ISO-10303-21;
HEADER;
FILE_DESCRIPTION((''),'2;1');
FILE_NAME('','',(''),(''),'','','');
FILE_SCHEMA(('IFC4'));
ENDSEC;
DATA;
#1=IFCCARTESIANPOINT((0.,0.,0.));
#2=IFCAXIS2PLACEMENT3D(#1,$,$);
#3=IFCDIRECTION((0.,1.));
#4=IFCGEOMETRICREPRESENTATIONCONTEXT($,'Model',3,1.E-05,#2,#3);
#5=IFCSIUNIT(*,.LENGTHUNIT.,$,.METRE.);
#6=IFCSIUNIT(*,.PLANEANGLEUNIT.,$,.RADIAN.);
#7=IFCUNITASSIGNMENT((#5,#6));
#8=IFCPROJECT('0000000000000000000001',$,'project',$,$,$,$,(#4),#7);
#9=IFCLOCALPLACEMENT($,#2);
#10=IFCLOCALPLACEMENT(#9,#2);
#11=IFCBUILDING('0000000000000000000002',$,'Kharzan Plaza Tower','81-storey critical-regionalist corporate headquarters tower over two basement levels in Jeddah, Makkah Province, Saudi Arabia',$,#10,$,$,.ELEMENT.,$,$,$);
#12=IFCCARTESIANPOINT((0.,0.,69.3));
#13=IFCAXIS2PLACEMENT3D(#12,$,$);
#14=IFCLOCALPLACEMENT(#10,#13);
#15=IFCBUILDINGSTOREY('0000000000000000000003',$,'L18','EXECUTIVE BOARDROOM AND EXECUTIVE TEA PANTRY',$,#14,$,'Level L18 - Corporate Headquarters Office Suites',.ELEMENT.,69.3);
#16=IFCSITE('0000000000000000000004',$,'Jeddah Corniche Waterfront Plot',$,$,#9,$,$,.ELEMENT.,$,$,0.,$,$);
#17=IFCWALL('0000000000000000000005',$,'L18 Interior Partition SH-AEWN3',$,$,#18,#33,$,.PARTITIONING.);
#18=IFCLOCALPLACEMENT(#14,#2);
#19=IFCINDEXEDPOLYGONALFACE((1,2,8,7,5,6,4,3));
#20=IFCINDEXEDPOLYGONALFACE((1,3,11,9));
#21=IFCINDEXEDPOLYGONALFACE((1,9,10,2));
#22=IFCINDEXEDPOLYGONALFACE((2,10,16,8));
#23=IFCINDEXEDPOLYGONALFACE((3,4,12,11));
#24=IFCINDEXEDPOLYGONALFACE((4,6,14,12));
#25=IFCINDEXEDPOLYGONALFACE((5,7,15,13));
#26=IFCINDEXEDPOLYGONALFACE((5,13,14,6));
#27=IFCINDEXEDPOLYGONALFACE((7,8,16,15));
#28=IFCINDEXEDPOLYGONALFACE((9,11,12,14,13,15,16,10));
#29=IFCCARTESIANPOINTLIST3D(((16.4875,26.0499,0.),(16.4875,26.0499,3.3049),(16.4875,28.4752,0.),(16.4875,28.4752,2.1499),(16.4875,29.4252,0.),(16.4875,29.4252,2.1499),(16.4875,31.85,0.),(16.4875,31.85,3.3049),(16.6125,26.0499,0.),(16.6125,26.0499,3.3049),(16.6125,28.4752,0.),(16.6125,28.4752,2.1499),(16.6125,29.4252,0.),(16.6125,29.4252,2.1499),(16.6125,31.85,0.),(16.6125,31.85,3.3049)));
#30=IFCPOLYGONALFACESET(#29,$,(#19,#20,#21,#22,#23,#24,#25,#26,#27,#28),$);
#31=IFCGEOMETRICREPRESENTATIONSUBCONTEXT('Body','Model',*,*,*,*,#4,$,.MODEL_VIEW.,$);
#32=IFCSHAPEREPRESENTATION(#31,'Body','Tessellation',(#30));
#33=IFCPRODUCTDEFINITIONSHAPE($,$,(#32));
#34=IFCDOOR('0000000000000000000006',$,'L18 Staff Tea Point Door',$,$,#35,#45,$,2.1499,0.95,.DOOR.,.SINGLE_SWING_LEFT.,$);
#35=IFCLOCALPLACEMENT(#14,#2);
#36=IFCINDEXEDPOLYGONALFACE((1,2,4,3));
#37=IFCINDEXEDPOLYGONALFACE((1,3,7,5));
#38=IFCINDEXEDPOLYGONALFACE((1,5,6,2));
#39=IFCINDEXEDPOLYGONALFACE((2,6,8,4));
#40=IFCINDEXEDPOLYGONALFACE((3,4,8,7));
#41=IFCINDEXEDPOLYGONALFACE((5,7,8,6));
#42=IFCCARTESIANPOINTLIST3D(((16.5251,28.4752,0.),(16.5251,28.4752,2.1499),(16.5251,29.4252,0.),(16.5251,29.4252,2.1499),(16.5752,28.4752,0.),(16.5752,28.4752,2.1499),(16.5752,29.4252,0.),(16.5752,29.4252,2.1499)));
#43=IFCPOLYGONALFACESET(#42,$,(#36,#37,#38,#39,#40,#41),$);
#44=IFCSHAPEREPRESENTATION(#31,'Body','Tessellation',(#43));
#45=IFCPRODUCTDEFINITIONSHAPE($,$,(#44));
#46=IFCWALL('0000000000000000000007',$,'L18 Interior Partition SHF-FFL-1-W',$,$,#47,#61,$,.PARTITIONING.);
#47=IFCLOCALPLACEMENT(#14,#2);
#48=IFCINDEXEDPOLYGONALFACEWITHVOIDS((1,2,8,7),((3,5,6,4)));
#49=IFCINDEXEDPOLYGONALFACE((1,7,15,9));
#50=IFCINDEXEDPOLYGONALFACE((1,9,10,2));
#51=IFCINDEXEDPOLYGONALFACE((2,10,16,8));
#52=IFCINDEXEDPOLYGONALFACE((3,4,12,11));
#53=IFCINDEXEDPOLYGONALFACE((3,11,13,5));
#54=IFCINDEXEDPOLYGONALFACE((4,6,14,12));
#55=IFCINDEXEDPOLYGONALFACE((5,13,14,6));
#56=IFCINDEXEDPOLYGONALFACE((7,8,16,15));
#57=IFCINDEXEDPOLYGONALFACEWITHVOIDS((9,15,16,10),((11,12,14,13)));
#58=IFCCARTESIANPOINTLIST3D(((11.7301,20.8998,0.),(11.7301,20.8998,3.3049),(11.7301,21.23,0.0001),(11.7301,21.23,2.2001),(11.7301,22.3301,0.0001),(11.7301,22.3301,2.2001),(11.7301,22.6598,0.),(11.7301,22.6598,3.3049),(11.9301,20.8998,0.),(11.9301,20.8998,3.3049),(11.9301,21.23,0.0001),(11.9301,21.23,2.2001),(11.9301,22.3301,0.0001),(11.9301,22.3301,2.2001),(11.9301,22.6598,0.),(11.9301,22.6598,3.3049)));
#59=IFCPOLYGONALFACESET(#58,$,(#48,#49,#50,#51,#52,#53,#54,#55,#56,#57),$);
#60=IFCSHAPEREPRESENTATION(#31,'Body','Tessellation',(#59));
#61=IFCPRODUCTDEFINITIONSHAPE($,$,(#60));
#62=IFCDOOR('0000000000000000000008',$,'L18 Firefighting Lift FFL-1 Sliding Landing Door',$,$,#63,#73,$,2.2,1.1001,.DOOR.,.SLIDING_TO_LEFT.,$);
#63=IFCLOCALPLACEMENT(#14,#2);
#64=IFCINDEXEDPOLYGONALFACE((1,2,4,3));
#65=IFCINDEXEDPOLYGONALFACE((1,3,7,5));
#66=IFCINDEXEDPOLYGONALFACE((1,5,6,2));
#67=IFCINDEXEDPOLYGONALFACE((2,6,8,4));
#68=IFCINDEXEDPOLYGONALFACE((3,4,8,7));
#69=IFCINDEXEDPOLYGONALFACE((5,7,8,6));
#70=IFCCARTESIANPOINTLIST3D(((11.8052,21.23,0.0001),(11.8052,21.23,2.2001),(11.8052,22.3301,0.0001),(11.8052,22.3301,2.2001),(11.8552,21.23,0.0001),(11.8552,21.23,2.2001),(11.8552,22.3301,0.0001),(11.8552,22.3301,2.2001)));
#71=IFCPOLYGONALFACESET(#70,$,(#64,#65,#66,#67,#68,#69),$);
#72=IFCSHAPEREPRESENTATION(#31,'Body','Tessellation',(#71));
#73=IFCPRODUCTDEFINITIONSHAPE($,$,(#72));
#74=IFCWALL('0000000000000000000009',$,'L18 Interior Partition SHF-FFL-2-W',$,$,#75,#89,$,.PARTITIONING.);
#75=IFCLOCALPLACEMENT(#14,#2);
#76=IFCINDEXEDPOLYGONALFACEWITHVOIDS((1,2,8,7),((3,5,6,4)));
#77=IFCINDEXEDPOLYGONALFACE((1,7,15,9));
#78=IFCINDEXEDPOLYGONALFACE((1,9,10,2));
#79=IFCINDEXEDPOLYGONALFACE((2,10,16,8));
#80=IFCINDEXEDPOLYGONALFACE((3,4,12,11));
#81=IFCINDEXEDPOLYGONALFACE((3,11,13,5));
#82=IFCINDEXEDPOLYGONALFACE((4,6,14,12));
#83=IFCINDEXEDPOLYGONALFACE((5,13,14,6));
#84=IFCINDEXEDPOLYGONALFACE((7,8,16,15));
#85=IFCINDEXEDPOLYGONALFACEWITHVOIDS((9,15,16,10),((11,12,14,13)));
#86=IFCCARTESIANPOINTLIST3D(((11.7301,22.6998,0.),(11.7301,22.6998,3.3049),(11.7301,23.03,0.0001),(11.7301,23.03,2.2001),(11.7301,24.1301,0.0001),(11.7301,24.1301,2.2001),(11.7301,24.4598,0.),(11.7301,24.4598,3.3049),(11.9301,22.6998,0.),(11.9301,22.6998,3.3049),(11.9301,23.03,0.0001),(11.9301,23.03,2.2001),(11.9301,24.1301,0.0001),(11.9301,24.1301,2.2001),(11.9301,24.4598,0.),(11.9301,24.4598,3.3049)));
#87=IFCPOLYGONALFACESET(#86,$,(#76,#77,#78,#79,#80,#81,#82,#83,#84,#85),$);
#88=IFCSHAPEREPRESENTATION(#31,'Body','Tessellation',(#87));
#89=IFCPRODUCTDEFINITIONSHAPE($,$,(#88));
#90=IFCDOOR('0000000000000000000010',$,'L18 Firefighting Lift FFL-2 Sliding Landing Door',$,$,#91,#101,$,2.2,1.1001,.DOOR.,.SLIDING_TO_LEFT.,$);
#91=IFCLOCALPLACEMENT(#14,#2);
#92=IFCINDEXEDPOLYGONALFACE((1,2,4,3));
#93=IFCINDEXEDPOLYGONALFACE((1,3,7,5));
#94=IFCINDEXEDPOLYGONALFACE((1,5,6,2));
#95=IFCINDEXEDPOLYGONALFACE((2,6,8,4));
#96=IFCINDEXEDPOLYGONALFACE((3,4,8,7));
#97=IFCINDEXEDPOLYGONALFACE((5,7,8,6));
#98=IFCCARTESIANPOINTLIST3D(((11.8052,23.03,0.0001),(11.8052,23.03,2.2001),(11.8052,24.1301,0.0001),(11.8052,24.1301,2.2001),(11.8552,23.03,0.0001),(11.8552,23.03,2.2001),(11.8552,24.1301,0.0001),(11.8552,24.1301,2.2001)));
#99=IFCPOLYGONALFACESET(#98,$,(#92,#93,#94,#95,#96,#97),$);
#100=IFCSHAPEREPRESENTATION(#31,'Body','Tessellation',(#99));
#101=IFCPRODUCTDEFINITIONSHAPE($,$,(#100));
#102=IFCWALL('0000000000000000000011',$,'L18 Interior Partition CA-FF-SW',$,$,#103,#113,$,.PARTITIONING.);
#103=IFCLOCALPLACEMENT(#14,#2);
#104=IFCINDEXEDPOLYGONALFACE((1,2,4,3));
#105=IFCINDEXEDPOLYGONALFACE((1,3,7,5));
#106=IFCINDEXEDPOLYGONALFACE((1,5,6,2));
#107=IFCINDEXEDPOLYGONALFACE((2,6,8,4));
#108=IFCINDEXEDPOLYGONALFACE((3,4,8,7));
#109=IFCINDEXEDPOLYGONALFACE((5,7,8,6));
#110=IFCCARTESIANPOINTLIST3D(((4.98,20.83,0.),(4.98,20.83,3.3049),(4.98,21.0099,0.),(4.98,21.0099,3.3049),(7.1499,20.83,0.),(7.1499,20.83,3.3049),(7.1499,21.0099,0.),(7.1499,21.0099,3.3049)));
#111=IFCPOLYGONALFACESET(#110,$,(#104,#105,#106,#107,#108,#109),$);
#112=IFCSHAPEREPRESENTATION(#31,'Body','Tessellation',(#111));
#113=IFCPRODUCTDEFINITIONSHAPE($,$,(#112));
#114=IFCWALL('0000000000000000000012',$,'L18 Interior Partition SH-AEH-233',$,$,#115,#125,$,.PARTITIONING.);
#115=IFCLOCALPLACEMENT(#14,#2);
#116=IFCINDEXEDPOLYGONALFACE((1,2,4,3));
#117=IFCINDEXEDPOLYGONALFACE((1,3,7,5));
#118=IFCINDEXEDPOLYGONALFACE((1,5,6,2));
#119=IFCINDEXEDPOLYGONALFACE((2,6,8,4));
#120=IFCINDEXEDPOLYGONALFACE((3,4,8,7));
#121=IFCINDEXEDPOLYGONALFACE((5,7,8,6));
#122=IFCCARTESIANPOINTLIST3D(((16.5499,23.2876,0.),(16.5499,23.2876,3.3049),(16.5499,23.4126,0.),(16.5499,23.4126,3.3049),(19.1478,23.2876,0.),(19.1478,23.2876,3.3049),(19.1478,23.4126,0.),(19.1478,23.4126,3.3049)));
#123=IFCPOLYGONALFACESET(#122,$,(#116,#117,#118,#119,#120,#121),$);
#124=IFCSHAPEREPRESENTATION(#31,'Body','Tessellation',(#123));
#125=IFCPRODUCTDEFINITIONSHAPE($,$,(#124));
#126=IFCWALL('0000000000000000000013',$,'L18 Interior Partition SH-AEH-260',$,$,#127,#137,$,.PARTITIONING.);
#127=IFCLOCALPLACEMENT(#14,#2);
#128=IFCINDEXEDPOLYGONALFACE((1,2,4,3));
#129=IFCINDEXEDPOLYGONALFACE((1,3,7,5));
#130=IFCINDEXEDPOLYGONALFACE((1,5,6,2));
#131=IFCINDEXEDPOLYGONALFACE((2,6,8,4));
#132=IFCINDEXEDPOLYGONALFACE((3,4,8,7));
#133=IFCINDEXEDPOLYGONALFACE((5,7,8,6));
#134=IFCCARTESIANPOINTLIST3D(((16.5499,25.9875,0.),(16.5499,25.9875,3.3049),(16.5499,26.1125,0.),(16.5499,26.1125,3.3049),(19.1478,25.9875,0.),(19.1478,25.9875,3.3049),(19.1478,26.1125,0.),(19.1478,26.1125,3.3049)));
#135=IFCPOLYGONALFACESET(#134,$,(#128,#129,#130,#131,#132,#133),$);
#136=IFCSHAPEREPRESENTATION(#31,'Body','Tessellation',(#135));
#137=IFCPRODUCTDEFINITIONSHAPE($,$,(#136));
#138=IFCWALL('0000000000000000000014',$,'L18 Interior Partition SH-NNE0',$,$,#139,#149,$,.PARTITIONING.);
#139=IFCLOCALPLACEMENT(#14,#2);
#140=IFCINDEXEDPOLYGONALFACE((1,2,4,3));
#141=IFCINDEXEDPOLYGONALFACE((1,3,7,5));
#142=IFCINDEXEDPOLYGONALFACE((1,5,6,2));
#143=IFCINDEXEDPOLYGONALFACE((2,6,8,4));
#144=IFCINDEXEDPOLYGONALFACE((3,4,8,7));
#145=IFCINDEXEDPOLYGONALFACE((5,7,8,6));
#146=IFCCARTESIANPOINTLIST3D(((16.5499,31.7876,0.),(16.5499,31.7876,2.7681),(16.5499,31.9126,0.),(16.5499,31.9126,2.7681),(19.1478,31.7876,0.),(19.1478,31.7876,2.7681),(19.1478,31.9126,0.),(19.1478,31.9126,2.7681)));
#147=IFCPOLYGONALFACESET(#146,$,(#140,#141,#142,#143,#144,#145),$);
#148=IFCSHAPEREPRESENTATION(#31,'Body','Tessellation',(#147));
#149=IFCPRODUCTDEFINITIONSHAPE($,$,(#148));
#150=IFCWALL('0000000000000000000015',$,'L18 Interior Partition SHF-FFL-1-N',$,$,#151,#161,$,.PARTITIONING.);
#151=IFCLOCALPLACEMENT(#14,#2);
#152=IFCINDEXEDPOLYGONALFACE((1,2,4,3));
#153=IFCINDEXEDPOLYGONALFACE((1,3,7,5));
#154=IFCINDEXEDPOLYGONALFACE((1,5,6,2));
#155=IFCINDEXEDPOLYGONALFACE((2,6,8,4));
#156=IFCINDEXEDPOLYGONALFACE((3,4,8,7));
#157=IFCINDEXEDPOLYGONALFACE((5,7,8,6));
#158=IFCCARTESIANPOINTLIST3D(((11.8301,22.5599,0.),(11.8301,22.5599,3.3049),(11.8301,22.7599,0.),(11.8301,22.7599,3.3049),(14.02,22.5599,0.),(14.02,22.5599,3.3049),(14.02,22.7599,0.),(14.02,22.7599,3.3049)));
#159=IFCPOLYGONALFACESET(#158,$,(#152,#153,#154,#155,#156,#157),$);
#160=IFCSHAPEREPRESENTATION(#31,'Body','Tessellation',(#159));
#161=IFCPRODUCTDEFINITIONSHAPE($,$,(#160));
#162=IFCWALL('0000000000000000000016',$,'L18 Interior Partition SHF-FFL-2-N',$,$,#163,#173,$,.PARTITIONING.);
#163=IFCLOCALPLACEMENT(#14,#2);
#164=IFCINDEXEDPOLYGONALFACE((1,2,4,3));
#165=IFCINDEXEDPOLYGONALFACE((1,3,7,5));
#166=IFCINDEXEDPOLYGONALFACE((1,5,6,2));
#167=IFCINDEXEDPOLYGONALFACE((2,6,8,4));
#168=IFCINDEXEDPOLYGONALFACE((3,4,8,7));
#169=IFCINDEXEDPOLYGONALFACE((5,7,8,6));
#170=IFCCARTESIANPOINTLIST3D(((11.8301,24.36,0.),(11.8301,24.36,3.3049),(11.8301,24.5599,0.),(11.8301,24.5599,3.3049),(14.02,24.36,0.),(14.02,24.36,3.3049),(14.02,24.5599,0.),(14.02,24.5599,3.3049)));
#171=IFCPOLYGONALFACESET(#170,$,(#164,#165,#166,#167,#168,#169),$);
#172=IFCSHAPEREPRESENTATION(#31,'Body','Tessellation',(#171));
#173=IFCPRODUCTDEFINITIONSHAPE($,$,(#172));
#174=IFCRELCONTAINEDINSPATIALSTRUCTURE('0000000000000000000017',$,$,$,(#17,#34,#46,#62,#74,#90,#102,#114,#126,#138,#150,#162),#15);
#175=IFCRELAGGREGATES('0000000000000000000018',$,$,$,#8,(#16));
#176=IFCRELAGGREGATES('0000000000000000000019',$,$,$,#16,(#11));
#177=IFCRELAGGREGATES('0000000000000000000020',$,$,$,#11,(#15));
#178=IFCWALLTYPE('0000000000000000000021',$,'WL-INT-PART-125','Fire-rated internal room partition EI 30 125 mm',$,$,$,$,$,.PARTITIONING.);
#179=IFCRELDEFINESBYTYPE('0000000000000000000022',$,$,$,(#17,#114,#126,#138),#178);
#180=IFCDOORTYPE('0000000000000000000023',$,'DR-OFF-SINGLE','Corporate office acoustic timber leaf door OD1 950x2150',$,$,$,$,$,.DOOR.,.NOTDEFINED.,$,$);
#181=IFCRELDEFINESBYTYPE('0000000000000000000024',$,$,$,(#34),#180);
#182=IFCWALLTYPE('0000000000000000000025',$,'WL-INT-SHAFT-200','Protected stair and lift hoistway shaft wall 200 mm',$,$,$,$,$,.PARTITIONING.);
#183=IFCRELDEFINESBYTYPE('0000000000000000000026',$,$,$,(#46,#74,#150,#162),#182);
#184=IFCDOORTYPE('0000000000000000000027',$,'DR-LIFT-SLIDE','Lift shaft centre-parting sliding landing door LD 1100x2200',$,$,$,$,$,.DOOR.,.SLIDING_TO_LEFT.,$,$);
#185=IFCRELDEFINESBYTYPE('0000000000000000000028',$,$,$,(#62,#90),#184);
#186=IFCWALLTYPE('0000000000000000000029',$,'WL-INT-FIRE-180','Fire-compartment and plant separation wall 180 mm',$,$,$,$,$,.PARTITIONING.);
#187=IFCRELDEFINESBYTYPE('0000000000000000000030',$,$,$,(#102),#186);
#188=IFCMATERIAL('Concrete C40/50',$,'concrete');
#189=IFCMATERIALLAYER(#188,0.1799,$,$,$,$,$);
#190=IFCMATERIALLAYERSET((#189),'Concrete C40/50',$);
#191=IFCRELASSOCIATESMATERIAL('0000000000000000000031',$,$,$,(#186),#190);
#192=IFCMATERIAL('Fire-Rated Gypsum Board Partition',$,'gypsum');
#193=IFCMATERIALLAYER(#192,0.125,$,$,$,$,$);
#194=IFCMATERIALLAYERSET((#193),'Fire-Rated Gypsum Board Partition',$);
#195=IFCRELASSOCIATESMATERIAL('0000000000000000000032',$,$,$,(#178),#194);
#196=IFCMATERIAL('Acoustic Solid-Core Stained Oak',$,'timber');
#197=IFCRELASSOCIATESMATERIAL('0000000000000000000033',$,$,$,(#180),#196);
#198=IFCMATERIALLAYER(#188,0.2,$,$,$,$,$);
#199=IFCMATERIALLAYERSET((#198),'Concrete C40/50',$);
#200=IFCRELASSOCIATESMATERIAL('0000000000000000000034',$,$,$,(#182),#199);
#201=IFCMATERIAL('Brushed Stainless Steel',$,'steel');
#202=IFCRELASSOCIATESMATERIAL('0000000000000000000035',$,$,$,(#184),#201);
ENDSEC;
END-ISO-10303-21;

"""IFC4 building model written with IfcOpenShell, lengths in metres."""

from ifc_helpers import new_model, si_unit, direction, frame, frame_2d, origin, place, context, subcontext, project, spatial, rectangle, extrude, source, transform, mapped, material, layer, layer_set, type_object, element, fill, save


model = new_model("IFC4")

# Units and contexts
model_context = context("Model", 3, precision=1e-05, world=origin(), true_north=direction((0.0, 1.0)))
body_context = subcontext(model_context, "Body", "Model", "MODEL_VIEW")
ifc_project = project(units=[si_unit("LENGTHUNIT", "METRE"), si_unit("PLANEANGLEUNIT", "RADIAN")], contexts=[model_context])

# Site, building, storey
site_placement = place(None, origin())
site = spatial("IfcSite", under=ifc_project, at=site_placement, Name="Jeddah Corniche Waterfront Plot", CompositionType="ELEMENT", RefElevation=0.0)
building_placement = place(site_placement, origin())
building = spatial("IfcBuilding", under=site, at=building_placement, Name="Kharzan Plaza Tower", Description="81-storey critical-regionalist corporate headquarters tower over two basement levels in Jeddah, Makkah Province, Saudi Arabia", CompositionType="ELEMENT")
storey_placement = place(building_placement, frame((0.0, 0.0, 69.3)))
storey = spatial("IfcBuildingStorey", under=building, at=storey_placement, Name="L18", Description="EXECUTIVE BOARDROOM AND EXECUTIVE TEA PANTRY", LongName="Level L18 - Corporate Headquarters Office Suites", CompositionType="ELEMENT", Elevation=69.3)

# Walls, openings, doors
ifc_material_1 = material(Name="Concrete C40/50", Category="concrete")
ifc_layer_1 = layer(ifc_material_1, 0.1799)
ifc_layer_set_1 = layer_set([ifc_layer_1], Name="Concrete C40/50")
wall_type_1 = type_object("IfcWallType", Name="WL-INT-FIRE-180", Description="Fire-compartment and plant separation wall 180 mm", PredefinedType="PARTITIONING", material=ifc_layer_set_1)
ifc_material_2 = material(Name="Fire-Rated Gypsum Board Partition", Category="gypsum")
ifc_layer_2 = layer(ifc_material_2, 0.125)
ifc_layer_set_2 = layer_set([ifc_layer_2], Name="Fire-Rated Gypsum Board Partition")
wall_type_2 = type_object("IfcWallType", Name="WL-INT-PART-125", Description="Fire-rated internal room partition EI 30 125 mm", PredefinedType="PARTITIONING", material=ifc_layer_set_2)
wall_1_placement = place(storey_placement, frame((16.55, 26.05, 0.0), z_axis=(0.0, 0.0, 1.0), x_axis=(0.0, 1.0, 0.0)))
wall_1 = element("IfcWall", 1, at=wall_1_placement, inside=storey, type_object=wall_type_2, Name="L18 Interior Partition SH-AEWN3", PredefinedType="PARTITIONING", context=body_context, shape_type="SweptSolid", body=[
    extrude(rectangle(XDim=5.8, YDim=0.125, at=frame_2d((2.8999, 0.0))), origin(), (0.0, 0.0, 1.0), 3.3049),
])
opening_1_placement = place(wall_1_placement, frame((2.425, 0.0, 0.0)))
opening_1 = element("IfcOpeningElement", 2, at=opening_1_placement, cuts=wall_1, PredefinedType="OPENING", context=body_context, shape_type="SweptSolid", body=[
    extrude(rectangle(XDim=0.95, YDim=2.1499, at=frame_2d((0.4751, 1.075))), frame((0.0, 0.0725, 0.0), z_axis=(0.0, -1.0, 0.0), x_axis=(1.0, 0.0, 0.0)), (0.0, 0.0, 1.0), 0.145),
])
ifc_material_3 = material(Name="Acoustic Solid-Core Stained Oak", Category="timber")
door_type_1 = type_object("IfcDoorType", Name="DR-OFF-SINGLE", Description="Corporate office acoustic timber leaf door OD1 950x2150", OperationType="NOTDEFINED", PredefinedType="DOOR", material=ifc_material_3)
shared_shape_1 = source(origin(), body_context, "Body", "SweptSolid", [
    extrude(rectangle(XDim=0.95, YDim=2.1499, at=frame_2d((0.4751, 1.075))), frame((0.0, 0.0249, 0.0), z_axis=(0.0, -1.0, 0.0), x_axis=(1.0, 0.0, 0.0)), (0.0, 0.0, 1.0), 0.05),
])
door_1_placement = place(opening_1_placement, origin())
door_1 = element("IfcDoor", 3, at=door_1_placement, inside=storey, type_object=door_type_1, Name="L18 Staff Tea Point Door", OperationType="SINGLE_SWING_LEFT", OverallHeight=2.1499, OverallWidth=0.95, PredefinedType="DOOR", context=body_context, shape_type="MappedRepresentation", body=[
    mapped(shared_shape_1, transform((0.0, 0.0, 0.0), x_axis=(1.0, 0.0, 0.0), y_axis=(0.0, 1.0, 0.0), z_axis=(0.0, 0.0, 1.0))),
])
fill(opening_1, door_1)
ifc_layer_3 = layer(ifc_material_1, 0.2)
ifc_layer_set_3 = layer_set([ifc_layer_3], Name="Concrete C40/50")
wall_type_3 = type_object("IfcWallType", Name="WL-INT-SHAFT-200", Description="Protected stair and lift hoistway shaft wall 200 mm", PredefinedType="PARTITIONING", material=ifc_layer_set_3)
wall_2_placement = place(storey_placement, frame((11.8301, 20.8999, 0.0), z_axis=(0.0, 0.0, 1.0), x_axis=(0.0, 1.0, 0.0)))
wall_2 = element("IfcWall", 4, at=wall_2_placement, inside=storey, type_object=wall_type_3, Name="L18 Interior Partition SHF-FFL-1-W", PredefinedType="PARTITIONING", context=body_context, shape_type="SweptSolid", body=[
    extrude(rectangle(XDim=1.76, YDim=0.2, at=frame_2d((0.8799, 0.0))), origin(), (0.0, 0.0, 1.0), 3.3049),
])
opening_2_placement = place(wall_2_placement, frame((0.3301, 0.0, 0.0)))
opening_2 = element("IfcOpeningElement", 5, at=opening_2_placement, cuts=wall_2, PredefinedType="OPENING", context=body_context, shape_type="SweptSolid", body=[
    extrude(rectangle(XDim=1.1001, YDim=2.2, at=frame_2d((0.55, 1.1001))), frame((0.0, 0.1099, 0.0), z_axis=(0.0, -1.0, 0.0), x_axis=(1.0, 0.0, 0.0)), (0.0, 0.0, 1.0), 0.22),
])
ifc_material_4 = material(Name="Brushed Stainless Steel", Category="steel")
door_type_2 = type_object("IfcDoorType", Name="DR-LIFT-SLIDE", Description="Lift shaft centre-parting sliding landing door LD 1100x2200", OperationType="SLIDING_TO_LEFT", PredefinedType="DOOR", material=ifc_material_4)
shared_shape_2 = source(origin(), body_context, "Body", "SweptSolid", [
    extrude(rectangle(XDim=1.1001, YDim=2.2, at=frame_2d((0.55, 1.1001))), frame((0.0, 0.0249, 0.0), z_axis=(0.0, -1.0, 0.0), x_axis=(1.0, 0.0, 0.0)), (0.0, 0.0, 1.0), 0.05),
])
door_2_placement = place(opening_2_placement, origin())
door_2 = element("IfcDoor", 6, at=door_2_placement, inside=storey, type_object=door_type_2, Name="L18 Firefighting Lift FFL-1 Sliding Landing Door", OperationType="SLIDING_TO_LEFT", OverallHeight=2.2, OverallWidth=1.1001, PredefinedType="DOOR", context=body_context, shape_type="MappedRepresentation", body=[
    mapped(shared_shape_2, transform((0.0, 0.0, 0.0), x_axis=(1.0, 0.0, 0.0), y_axis=(0.0, 1.0, 0.0), z_axis=(0.0, 0.0, 1.0))),
])
fill(opening_2, door_2)
wall_3_placement = place(storey_placement, frame((11.8301, 22.7, 0.0), z_axis=(0.0, 0.0, 1.0), x_axis=(0.0, 1.0, 0.0)))
wall_3 = element("IfcWall", 7, at=wall_3_placement, inside=storey, type_object=wall_type_3, Name="L18 Interior Partition SHF-FFL-2-W", PredefinedType="PARTITIONING", context=body_context, shape_type="SweptSolid", body=[
    extrude(rectangle(XDim=1.76, YDim=0.2, at=frame_2d((0.8799, 0.0))), origin(), (0.0, 0.0, 1.0), 3.3049),
])
opening_3_placement = place(wall_3_placement, frame((0.3301, 0.0, 0.0)))
opening_3 = element("IfcOpeningElement", 8, at=opening_3_placement, cuts=wall_3, PredefinedType="OPENING", context=body_context, shape_type="SweptSolid", body=[
    extrude(rectangle(XDim=1.1001, YDim=2.2, at=frame_2d((0.55, 1.1001))), frame((0.0, 0.1099, 0.0), z_axis=(0.0, -1.0, 0.0), x_axis=(1.0, 0.0, 0.0)), (0.0, 0.0, 1.0), 0.22),
])
door_3_placement = place(opening_3_placement, origin())
door_3 = element("IfcDoor", 9, at=door_3_placement, inside=storey, type_object=door_type_2, Name="L18 Firefighting Lift FFL-2 Sliding Landing Door", OperationType="SLIDING_TO_LEFT", OverallHeight=2.2, OverallWidth=1.1001, PredefinedType="DOOR", context=body_context, shape_type="MappedRepresentation", body=[
    mapped(shared_shape_2, transform((0.0, 0.0, 0.0), x_axis=(1.0, 0.0, 0.0), y_axis=(0.0, 1.0, 0.0), z_axis=(0.0, 0.0, 1.0))),
])
fill(opening_3, door_3)

# Walls
shared_shape_3 = source(origin(), body_context, "Body", "SweptSolid", [
    extrude(rectangle(XDim=2.1699, YDim=0.1799, at=frame_2d((1.085, 0.0))), origin(), (0.0, 0.0, 1.0), 3.3049),
])
wall_4_placement = place(storey_placement, frame((4.98, 20.9199, 0.0), z_axis=(0.0, 0.0, 1.0), x_axis=(1.0, 0.0, 0.0)))
element("IfcWall", 10, at=wall_4_placement, inside=storey, type_object=wall_type_1, Name="L18 Interior Partition CA-FF-SW", PredefinedType="PARTITIONING", context=body_context, shape_type="MappedRepresentation", body=[
    mapped(shared_shape_3, transform((0.0, 0.0, 0.0), x_axis=(1.0, 0.0, 0.0), y_axis=(0.0, 1.0, 0.0), z_axis=(0.0, 0.0, 1.0))),
])
shared_shape_4 = source(origin(), body_context, "Body", "SweptSolid", [
    extrude(rectangle(XDim=2.5979, YDim=0.125, at=frame_2d((1.2988, 0.0))), origin(), (0.0, 0.0, 1.0), 3.3049),
])
for number, where, z_axis, x_axis, name in (
    (11, (16.55, 23.3501, 0.0), (0.0, 0.0, 1.0), (1.0, 0.0, 0.0), "L18 Interior Partition SH-AEH-233"),
    (12, (16.55, 26.05, 0.0), (0.0, 0.0, 1.0), (1.0, 0.0, 0.0), "L18 Interior Partition SH-AEH-260"),
):
    element("IfcWall", number, at=place(storey_placement, frame(where, z_axis=z_axis, x_axis=x_axis)), inside=storey, type_object=wall_type_2, Name=name, PredefinedType="PARTITIONING", context=body_context, shape_type="MappedRepresentation", body=[
        mapped(shared_shape_4, transform((0.0, 0.0, 0.0), x_axis=(1.0, 0.0, 0.0), y_axis=(0.0, 1.0, 0.0), z_axis=(0.0, 0.0, 1.0))),
    ])
shared_shape_5 = source(origin(), body_context, "Body", "SweptSolid", [
    extrude(rectangle(XDim=2.5979, YDim=0.125, at=frame_2d((1.2988, 0.0))), origin(), (0.0, 0.0, 1.0), 2.7681),
])
wall_5_placement = place(storey_placement, frame((16.55, 31.8501, 0.0), z_axis=(0.0, 0.0, 1.0), x_axis=(1.0, 0.0, 0.0)))
element("IfcWall", 13, at=wall_5_placement, inside=storey, type_object=wall_type_2, Name="L18 Interior Partition SH-NNE0", PredefinedType="PARTITIONING", context=body_context, shape_type="MappedRepresentation", body=[
    mapped(shared_shape_5, transform((0.0, 0.0, 0.0), x_axis=(1.0, 0.0, 0.0), y_axis=(0.0, 1.0, 0.0), z_axis=(0.0, 0.0, 1.0))),
])
shared_shape_6 = source(origin(), body_context, "Body", "SweptSolid", [
    extrude(rectangle(XDim=2.1899, YDim=0.2, at=frame_2d((1.095, 0.0))), origin(), (0.0, 0.0, 1.0), 3.3049),
])
for number, where, z_axis, x_axis, name in (
    (14, (11.8301, 22.6599, 0.0), (0.0, 0.0, 1.0), (1.0, 0.0, 0.0), "L18 Interior Partition SHF-FFL-1-N"),
    (15, (11.8301, 24.46, 0.0), (0.0, 0.0, 1.0), (1.0, 0.0, 0.0), "L18 Interior Partition SHF-FFL-2-N"),
):
    element("IfcWall", number, at=place(storey_placement, frame(where, z_axis=z_axis, x_axis=x_axis)), inside=storey, type_object=wall_type_3, Name=name, PredefinedType="PARTITIONING", context=body_context, shape_type="MappedRepresentation", body=[
        mapped(shared_shape_6, transform((0.0, 0.0, 0.0), x_axis=(1.0, 0.0, 0.0), y_axis=(0.0, 1.0, 0.0), z_axis=(0.0, 0.0, 1.0))),
    ])

save(model, "model.ifc")
